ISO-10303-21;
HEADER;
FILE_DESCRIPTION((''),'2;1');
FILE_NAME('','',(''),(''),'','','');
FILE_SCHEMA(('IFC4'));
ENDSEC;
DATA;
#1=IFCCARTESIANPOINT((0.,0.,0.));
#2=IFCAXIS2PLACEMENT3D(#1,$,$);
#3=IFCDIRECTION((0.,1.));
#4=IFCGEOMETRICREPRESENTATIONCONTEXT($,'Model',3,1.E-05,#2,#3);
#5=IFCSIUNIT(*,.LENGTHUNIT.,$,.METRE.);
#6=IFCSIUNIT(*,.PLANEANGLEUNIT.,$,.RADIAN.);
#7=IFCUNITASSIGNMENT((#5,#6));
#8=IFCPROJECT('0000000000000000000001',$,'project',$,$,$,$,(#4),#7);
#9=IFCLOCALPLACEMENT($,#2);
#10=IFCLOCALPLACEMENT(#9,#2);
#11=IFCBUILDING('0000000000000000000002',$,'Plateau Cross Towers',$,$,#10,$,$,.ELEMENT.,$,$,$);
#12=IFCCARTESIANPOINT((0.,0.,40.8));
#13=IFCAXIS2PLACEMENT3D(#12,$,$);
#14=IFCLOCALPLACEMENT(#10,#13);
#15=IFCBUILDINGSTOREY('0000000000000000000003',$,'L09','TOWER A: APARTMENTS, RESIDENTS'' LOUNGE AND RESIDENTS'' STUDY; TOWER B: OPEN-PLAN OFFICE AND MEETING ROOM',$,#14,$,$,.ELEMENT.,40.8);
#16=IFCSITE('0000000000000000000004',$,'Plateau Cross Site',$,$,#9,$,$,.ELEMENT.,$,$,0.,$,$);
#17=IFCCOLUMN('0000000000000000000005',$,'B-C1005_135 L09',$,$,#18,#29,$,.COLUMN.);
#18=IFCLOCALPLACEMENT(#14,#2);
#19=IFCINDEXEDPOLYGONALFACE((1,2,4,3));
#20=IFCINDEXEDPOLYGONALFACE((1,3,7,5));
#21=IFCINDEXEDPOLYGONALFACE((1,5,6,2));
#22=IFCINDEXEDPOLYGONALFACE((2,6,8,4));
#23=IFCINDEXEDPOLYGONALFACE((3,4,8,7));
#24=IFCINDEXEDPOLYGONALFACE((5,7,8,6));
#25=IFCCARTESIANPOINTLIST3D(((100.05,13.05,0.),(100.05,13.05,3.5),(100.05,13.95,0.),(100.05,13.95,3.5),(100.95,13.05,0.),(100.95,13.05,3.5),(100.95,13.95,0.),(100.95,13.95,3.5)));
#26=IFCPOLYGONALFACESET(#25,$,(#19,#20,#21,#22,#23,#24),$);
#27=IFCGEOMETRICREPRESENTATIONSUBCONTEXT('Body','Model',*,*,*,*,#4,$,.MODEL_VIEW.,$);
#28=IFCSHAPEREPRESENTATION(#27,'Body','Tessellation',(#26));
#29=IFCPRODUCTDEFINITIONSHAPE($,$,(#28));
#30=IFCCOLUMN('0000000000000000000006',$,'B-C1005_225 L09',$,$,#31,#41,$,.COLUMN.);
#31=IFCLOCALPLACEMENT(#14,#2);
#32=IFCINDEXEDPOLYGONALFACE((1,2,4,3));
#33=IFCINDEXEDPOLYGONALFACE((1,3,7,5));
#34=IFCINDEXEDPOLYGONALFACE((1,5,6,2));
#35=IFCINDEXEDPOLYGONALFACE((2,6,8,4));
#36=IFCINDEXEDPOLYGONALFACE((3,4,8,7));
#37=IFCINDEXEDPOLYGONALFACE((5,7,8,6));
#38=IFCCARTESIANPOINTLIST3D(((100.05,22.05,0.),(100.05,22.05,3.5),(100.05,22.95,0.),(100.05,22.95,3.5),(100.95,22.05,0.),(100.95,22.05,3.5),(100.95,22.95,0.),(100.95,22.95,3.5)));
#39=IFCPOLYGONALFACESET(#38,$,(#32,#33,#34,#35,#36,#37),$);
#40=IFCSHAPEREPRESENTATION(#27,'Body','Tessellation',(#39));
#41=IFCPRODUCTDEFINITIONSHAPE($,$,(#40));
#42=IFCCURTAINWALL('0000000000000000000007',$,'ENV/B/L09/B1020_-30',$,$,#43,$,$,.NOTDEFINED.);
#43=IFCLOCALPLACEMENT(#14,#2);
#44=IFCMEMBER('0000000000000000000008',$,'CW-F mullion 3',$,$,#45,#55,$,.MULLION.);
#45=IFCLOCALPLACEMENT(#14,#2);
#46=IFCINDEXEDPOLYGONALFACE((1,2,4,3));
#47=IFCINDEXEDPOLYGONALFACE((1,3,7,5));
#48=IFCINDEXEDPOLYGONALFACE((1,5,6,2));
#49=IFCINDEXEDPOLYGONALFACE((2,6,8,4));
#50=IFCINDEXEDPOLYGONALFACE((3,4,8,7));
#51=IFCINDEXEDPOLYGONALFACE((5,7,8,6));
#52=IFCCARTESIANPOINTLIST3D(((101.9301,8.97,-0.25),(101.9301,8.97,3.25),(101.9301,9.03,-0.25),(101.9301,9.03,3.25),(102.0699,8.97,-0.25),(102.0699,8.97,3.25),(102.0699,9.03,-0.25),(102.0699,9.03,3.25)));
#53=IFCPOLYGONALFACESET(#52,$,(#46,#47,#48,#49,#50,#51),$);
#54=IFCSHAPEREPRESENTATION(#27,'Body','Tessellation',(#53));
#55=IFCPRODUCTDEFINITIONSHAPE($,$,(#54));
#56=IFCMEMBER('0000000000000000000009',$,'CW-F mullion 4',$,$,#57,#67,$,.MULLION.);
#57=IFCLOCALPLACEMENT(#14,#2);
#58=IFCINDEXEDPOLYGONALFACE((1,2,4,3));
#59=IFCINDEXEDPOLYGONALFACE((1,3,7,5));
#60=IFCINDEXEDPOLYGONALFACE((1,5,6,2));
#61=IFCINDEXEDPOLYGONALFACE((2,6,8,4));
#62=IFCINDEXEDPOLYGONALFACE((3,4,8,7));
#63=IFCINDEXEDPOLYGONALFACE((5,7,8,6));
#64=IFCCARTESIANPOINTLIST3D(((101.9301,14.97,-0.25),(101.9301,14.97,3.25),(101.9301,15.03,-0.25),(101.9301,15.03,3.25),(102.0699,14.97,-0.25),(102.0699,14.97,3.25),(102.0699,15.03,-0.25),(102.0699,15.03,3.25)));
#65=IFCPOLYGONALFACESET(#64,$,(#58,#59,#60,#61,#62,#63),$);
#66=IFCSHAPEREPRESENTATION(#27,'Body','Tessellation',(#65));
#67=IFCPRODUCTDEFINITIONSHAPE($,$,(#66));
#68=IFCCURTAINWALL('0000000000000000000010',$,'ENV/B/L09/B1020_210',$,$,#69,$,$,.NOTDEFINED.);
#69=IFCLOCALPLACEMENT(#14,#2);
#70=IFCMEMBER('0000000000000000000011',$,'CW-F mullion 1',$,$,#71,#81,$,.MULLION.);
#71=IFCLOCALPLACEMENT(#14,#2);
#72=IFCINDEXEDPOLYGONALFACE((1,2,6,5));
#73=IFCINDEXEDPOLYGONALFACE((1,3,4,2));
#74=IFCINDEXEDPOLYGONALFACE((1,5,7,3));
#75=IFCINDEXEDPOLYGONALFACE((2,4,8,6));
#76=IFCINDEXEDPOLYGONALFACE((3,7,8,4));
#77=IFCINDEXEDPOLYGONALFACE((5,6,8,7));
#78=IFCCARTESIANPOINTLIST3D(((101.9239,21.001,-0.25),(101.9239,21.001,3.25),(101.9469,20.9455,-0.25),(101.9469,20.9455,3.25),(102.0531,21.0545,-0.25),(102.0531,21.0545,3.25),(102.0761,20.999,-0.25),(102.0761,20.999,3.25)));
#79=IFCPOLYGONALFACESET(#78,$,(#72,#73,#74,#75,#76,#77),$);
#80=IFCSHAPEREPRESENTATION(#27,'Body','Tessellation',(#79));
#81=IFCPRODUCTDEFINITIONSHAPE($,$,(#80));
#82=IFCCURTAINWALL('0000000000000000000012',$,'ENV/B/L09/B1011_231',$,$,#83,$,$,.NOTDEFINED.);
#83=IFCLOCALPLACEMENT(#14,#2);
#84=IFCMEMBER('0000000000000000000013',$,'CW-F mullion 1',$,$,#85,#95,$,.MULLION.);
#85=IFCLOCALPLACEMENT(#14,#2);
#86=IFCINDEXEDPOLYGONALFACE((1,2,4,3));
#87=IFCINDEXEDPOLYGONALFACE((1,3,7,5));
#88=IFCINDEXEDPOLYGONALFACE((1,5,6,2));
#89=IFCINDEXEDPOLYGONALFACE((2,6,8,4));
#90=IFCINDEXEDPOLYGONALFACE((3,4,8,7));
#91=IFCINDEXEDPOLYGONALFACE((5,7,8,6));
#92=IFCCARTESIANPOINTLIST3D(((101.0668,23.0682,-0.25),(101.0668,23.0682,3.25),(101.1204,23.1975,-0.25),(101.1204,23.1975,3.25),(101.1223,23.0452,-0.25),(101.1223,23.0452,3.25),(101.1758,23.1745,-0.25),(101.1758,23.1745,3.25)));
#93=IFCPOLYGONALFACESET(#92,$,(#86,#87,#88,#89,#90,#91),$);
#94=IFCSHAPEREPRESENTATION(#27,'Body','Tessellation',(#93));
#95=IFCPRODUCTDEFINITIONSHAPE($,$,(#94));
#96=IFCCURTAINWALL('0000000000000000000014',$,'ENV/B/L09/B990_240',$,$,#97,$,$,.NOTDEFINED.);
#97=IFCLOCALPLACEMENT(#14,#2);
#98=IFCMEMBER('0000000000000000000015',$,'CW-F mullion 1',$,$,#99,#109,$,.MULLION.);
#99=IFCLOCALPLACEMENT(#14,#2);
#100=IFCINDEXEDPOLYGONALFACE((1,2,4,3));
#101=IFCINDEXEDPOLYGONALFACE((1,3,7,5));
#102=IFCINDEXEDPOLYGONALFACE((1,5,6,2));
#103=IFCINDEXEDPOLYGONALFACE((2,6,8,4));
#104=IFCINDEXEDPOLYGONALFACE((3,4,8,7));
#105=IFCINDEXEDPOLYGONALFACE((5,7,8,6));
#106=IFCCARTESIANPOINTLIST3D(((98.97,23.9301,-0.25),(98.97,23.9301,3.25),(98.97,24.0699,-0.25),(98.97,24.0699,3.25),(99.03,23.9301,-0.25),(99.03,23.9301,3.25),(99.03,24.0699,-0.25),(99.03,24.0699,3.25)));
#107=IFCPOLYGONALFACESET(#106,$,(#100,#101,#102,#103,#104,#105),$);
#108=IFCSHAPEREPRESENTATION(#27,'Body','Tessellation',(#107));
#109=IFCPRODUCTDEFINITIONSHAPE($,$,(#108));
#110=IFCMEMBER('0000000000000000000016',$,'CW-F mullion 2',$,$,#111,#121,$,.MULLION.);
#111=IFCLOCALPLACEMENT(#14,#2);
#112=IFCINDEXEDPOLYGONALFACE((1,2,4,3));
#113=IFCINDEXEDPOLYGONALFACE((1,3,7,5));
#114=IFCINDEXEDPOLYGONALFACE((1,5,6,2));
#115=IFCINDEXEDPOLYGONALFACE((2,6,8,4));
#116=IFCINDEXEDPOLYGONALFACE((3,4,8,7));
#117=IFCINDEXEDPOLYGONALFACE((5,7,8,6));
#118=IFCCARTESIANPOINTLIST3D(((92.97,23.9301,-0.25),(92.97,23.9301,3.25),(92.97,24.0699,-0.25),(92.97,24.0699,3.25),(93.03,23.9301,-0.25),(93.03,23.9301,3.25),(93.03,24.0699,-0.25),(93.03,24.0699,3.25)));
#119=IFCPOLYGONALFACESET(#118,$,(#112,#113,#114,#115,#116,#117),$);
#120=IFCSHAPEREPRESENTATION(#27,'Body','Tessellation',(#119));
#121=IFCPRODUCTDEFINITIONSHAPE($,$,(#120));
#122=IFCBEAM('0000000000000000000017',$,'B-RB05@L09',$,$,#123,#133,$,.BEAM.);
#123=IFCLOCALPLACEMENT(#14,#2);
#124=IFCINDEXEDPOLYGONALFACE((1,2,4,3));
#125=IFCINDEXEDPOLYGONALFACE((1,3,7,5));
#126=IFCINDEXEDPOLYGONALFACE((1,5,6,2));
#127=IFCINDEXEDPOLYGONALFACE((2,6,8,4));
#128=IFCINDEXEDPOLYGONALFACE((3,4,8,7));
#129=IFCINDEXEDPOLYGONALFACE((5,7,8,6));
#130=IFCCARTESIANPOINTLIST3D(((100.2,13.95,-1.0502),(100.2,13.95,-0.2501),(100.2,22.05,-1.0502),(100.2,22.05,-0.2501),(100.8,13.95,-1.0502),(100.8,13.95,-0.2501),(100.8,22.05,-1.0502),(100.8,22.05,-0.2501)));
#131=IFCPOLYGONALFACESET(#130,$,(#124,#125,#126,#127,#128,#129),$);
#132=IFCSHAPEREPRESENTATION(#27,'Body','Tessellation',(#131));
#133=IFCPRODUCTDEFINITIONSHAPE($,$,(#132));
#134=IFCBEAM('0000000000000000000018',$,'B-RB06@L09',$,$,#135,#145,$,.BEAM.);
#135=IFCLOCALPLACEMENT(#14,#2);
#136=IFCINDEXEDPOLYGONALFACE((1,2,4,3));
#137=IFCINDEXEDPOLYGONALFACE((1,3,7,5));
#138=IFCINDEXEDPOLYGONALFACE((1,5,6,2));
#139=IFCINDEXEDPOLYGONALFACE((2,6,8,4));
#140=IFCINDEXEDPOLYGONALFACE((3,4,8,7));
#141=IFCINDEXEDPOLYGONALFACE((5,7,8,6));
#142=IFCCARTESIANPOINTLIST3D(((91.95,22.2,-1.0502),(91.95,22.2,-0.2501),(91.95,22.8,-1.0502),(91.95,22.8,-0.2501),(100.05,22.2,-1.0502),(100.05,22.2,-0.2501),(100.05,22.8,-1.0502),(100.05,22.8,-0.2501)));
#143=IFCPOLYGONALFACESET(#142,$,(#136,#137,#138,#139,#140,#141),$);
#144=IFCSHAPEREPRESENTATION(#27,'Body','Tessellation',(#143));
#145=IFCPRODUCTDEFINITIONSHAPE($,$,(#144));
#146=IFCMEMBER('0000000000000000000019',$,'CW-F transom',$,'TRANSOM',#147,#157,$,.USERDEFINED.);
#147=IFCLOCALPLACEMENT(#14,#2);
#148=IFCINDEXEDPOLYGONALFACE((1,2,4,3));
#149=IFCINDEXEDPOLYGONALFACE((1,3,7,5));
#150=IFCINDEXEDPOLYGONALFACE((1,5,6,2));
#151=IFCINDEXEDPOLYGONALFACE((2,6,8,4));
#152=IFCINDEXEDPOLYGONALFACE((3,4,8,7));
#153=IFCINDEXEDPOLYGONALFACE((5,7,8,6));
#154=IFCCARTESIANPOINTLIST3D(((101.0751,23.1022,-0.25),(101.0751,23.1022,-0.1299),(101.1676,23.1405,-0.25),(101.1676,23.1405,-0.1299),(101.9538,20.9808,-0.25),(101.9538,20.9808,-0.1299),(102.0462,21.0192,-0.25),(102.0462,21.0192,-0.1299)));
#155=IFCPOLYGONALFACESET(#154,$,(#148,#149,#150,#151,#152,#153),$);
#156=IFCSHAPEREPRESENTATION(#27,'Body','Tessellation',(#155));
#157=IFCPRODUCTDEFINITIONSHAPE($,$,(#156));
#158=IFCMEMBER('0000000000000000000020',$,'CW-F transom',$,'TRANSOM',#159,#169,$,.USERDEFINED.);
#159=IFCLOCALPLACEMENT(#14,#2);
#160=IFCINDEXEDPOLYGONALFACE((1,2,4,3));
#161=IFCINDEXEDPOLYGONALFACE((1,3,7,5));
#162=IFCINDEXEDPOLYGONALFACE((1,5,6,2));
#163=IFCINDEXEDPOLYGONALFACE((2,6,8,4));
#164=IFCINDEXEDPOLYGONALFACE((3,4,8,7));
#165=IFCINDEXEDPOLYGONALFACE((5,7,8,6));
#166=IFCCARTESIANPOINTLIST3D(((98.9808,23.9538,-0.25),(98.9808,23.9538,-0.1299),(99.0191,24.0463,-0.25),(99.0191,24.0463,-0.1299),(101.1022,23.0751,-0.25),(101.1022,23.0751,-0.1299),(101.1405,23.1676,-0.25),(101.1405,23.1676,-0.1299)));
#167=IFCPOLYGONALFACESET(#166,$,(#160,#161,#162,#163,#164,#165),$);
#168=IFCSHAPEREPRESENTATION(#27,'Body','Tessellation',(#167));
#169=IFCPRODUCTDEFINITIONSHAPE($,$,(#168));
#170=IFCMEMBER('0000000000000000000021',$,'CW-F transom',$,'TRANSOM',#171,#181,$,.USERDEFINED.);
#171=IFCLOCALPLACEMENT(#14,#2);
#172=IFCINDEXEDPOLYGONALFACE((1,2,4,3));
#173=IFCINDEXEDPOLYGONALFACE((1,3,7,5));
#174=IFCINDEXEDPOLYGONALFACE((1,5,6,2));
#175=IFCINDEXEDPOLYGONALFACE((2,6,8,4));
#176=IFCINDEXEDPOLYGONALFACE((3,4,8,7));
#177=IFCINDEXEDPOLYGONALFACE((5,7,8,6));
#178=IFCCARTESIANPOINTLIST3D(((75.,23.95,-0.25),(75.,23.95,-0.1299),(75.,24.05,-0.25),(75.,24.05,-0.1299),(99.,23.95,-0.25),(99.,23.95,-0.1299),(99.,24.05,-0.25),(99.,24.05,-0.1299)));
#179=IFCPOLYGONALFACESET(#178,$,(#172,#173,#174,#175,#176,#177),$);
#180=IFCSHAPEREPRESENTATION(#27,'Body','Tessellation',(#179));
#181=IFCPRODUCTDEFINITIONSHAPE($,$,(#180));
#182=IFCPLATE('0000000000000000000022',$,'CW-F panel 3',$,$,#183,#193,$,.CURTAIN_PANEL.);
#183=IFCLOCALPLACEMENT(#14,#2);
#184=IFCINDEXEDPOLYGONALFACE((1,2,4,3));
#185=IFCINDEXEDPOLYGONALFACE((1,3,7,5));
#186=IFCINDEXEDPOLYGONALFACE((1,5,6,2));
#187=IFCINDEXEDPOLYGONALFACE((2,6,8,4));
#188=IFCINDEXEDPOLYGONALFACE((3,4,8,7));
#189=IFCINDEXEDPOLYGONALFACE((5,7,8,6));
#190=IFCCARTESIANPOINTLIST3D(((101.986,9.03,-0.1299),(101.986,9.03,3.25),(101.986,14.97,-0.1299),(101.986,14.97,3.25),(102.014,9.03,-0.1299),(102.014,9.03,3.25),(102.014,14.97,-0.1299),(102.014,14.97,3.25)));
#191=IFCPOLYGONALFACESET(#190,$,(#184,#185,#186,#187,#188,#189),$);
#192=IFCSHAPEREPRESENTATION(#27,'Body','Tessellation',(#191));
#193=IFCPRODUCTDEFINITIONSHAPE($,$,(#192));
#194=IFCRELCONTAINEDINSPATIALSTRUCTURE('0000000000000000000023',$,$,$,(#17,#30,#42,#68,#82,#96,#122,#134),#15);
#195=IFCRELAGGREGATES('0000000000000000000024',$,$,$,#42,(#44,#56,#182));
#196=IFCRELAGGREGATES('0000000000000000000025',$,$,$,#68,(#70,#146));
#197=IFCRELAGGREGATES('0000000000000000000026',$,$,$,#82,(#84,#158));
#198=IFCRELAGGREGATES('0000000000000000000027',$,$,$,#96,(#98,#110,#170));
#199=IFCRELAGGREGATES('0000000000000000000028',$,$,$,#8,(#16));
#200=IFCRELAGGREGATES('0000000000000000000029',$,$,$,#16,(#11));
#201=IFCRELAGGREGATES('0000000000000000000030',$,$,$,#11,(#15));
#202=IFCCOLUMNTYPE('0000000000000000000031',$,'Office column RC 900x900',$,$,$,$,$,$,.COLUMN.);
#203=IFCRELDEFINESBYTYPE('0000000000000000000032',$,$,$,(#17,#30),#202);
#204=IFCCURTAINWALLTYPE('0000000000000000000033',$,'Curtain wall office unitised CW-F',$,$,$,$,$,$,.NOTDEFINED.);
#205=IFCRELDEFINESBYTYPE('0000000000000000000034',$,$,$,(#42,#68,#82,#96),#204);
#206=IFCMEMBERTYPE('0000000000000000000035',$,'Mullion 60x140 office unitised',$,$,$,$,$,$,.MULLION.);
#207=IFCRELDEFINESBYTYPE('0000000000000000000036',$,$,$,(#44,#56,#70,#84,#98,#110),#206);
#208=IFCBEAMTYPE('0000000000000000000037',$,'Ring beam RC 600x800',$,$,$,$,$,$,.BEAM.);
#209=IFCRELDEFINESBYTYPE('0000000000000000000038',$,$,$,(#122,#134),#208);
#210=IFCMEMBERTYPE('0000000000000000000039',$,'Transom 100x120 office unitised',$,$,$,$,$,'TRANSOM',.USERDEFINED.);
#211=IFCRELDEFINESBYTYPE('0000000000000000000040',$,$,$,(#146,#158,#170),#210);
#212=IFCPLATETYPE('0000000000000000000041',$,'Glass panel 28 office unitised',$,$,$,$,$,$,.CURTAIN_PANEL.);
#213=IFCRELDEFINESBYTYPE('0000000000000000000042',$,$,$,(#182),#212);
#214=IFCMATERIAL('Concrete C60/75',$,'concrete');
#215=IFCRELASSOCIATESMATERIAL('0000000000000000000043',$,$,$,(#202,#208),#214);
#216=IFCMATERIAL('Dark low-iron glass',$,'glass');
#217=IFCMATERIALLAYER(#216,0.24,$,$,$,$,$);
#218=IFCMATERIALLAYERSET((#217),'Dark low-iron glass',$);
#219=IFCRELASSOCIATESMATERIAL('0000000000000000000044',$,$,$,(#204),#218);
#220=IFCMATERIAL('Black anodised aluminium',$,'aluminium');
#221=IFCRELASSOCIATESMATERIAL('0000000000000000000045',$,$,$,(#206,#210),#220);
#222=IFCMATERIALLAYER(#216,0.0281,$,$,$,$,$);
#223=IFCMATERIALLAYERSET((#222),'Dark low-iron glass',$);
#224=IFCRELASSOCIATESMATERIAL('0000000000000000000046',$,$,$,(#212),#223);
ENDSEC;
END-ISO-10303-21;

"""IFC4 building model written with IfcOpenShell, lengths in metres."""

from ifc_helpers import new_model, si_unit, direction, frame, origin, origin_2d, place, context, subcontext, project, spatial, rectangle, extrude, material, layer, layer_set, material_profile, profile_set, type_object, element, aggregate, save


model = new_model("IFC4")

# Units and contexts
model_context = context("Model", 3, precision=1e-05, world=origin(), true_north=direction((0.0, 1.0)))
body_context = subcontext(model_context, "Body", "Model", "MODEL_VIEW")
ifc_project = project(units=[si_unit("LENGTHUNIT", "METRE"), si_unit("PLANEANGLEUNIT", "RADIAN")], contexts=[model_context])

# Site, building, storey
site_placement = place(None, origin())
site = spatial("IfcSite", under=ifc_project, at=site_placement, Name="Plateau Cross Site", CompositionType="ELEMENT", RefElevation=0.0)
building_placement = place(site_placement, origin())
building = spatial("IfcBuilding", under=site, at=building_placement, Name="Plateau Cross Towers", CompositionType="ELEMENT")
storey_placement = place(building_placement, frame((0.0, 0.0, 40.8)))
storey = spatial("IfcBuildingStorey", under=building, at=storey_placement, Name="L09", Description="TOWER A: APARTMENTS, RESIDENTS' LOUNGE AND RESIDENTS' STUDY; TOWER B: OPEN-PLAN OFFICE AND MEETING ROOM", CompositionType="ELEMENT", Elevation=40.8)

# Columns
ifc_material_1 = material(Name="Concrete C60/75", Category="concrete")
ifc_material_profile_1 = material_profile(ifc_material_1, rectangle(XDim=0.8999, YDim=0.8999, at=origin_2d()), Name="RC 900x900")
ifc_profile_set_1 = profile_set([ifc_material_profile_1], Name="Concrete C60/75")
column_type = type_object("IfcColumnType", Name="Office column RC 900x900", PredefinedType="COLUMN", material=ifc_profile_set_1)
for number, where, z_axis, x_axis, name in (
    (1, (100.5, 13.5, 0.0), (0.0, 0.0, 1.0), (1.0, 0.0, 0.0), "B-C1005_135 L09"),
    (2, (100.5, 22.5, 0.0), (0.0, 0.0, 1.0), (1.0, 0.0, 0.0), "B-C1005_225 L09"),
):
    element("IfcColumn", number, at=place(storey_placement, frame(where, z_axis=z_axis, x_axis=x_axis)), inside=storey, type_object=column_type, Name=name, PredefinedType="COLUMN", context=body_context, shape_type="SweptSolid", body=[
        extrude(rectangle(XDim=0.8999, YDim=0.8999, at=origin_2d()), origin(), (0.0, 0.0, 1.0), 3.5),
    ])

# Curtain wall, members
ifc_material_2 = material(Name="Dark low-iron glass", Category="glass")
ifc_layer_1 = layer(ifc_material_2, 0.24)
ifc_layer_set_1 = layer_set([ifc_layer_1], Name="Dark low-iron glass")
curtain_wall_type = type_object("IfcCurtainWallType", Name="Curtain wall office unitised CW-F", PredefinedType="NOTDEFINED", material=ifc_layer_set_1)
curtain_wall_1_placement = place(storey_placement, origin())
curtain_wall_1 = element("IfcCurtainWall", 3, at=curtain_wall_1_placement, inside=storey, type_object=curtain_wall_type, Name="ENV/B/L09/B1020_-30", PredefinedType="NOTDEFINED")
ifc_material_3 = material(Name="Black anodised aluminium", Category="aluminium")
ifc_material_profile_2 = material_profile(ifc_material_3, rectangle(XDim=0.0601, YDim=0.1399, at=origin_2d()), Name="MULLION 60x140")
ifc_profile_set_2 = profile_set([ifc_material_profile_2], Name="Black anodised aluminium")
member_type_1 = type_object("IfcMemberType", Name="Mullion 60x140 office unitised", PredefinedType="MULLION", material=ifc_profile_set_2)
member_1_placement = place(storey_placement, frame((102.0, 9.0, -0.25), z_axis=(0.0, 0.0, 1.0), x_axis=(0.0, 1.0, 0.0)))
member_1 = element("IfcMember", 4, at=member_1_placement, type_object=member_type_1, Name="CW-F mullion 3", PredefinedType="MULLION", context=body_context, shape_type="SweptSolid", body=[
    extrude(rectangle(XDim=0.0601, YDim=0.1399, at=origin_2d()), origin(), (0.0, 0.0, 1.0), 3.5),
])
member_2_placement = place(storey_placement, frame((102.0, 15.0, -0.25), z_axis=(0.0, 0.0, 1.0), x_axis=(0.0, 1.0, 0.0)))
member_2 = element("IfcMember", 5, at=member_2_placement, type_object=member_type_1, Name="CW-F mullion 4", PredefinedType="MULLION", context=body_context, shape_type="SweptSolid", body=[
    extrude(rectangle(XDim=0.0601, YDim=0.1399, at=origin_2d()), origin(), (0.0, 0.0, 1.0), 3.5),
])

# Curtain walls, members
curtain_wall_2_placement = place(storey_placement, origin())
curtain_wall_2 = element("IfcCurtainWall", 6, at=curtain_wall_2_placement, inside=storey, type_object=curtain_wall_type, Name="ENV/B/L09/B1020_210", PredefinedType="NOTDEFINED")
member_3_placement = place(storey_placement, frame((102.0, 21.0, -0.25), z_axis=(0.0, 0.0, 1.0), x_axis=(-0.382684, 0.923879, 0.0)))
member_3 = element("IfcMember", 7, at=member_3_placement, type_object=member_type_1, Name="CW-F mullion 1", PredefinedType="MULLION", context=body_context, shape_type="SweptSolid", body=[
    extrude(rectangle(XDim=0.0601, YDim=0.1399, at=origin_2d()), origin(), (0.0, 0.0, 1.0), 3.5),
])
curtain_wall_3_placement = place(storey_placement, origin())
curtain_wall_3 = element("IfcCurtainWall", 8, at=curtain_wall_3_placement, inside=storey, type_object=curtain_wall_type, Name="ENV/B/L09/B1011_231", PredefinedType="NOTDEFINED")
member_4_placement = place(storey_placement, frame((101.1213, 23.1213, -0.25), z_axis=(0.0, 0.0, 1.0), x_axis=(-0.923879, 0.382684, 0.0)))
member_4 = element("IfcMember", 9, at=member_4_placement, type_object=member_type_1, Name="CW-F mullion 1", PredefinedType="MULLION", context=body_context, shape_type="SweptSolid", body=[
    extrude(rectangle(XDim=0.0601, YDim=0.1399, at=origin_2d()), origin(), (0.0, 0.0, 1.0), 3.5),
])

# Curtain wall, members
curtain_wall_4_placement = place(storey_placement, origin())
curtain_wall_4 = element("IfcCurtainWall", 10, at=curtain_wall_4_placement, inside=storey, type_object=curtain_wall_type, Name="ENV/B/L09/B990_240", PredefinedType="NOTDEFINED")
member_5_placement = place(storey_placement, frame((99.0, 24.0, -0.25), z_axis=(0.0, 0.0, 1.0), x_axis=(-1.0, 0.0, 0.0)))
member_5 = element("IfcMember", 11, at=member_5_placement, type_object=member_type_1, Name="CW-F mullion 1", PredefinedType="MULLION", context=body_context, shape_type="SweptSolid", body=[
    extrude(rectangle(XDim=0.0601, YDim=0.1399, at=origin_2d()), origin(), (0.0, 0.0, 1.0), 3.5),
])
member_6_placement = place(storey_placement, frame((93.0, 24.0, -0.25), z_axis=(0.0, 0.0, 1.0), x_axis=(-1.0, 0.0, 0.0)))
member_6 = element("IfcMember", 12, at=member_6_placement, type_object=member_type_1, Name="CW-F mullion 2", PredefinedType="MULLION", context=body_context, shape_type="SweptSolid", body=[
    extrude(rectangle(XDim=0.0601, YDim=0.1399, at=origin_2d()), origin(), (0.0, 0.0, 1.0), 3.5),
])

# Beams
ifc_material_profile_3 = material_profile(ifc_material_1, rectangle(XDim=0.6001, YDim=0.8, at=origin_2d()), Name="RC 600x800")
ifc_profile_set_3 = profile_set([ifc_material_profile_3], Name="Concrete C60/75")
beam_type = type_object("IfcBeamType", Name="Ring beam RC 600x800", PredefinedType="BEAM", material=ifc_profile_set_3)
for number, where, z_axis, x_axis, name in (
    (13, (100.5, 13.95, -0.6501), (0.0, 1.0, 0.0), (-1.0, 0.0, 0.0), "B-RB05@L09"),
    (14, (100.05, 22.5, -0.6501), (-1.0, 0.0, 0.0), (0.0, -1.0, 0.0), "B-RB06@L09"),
):
    element("IfcBeam", number, at=place(storey_placement, frame(where, z_axis=z_axis, x_axis=x_axis)), inside=storey, type_object=beam_type, Name=name, PredefinedType="BEAM", context=body_context, shape_type="SweptSolid", body=[
        extrude(rectangle(XDim=0.6001, YDim=0.8, at=origin_2d()), origin(), (0.0, 0.0, 1.0), 8.1001),
    ])

# Members
ifc_material_profile_4 = material_profile(ifc_material_3, rectangle(XDim=0.1001, YDim=0.1201, at=origin_2d()), Name="TRANSOM 100x120")
ifc_profile_set_4 = profile_set([ifc_material_profile_4], Name="Black anodised aluminium")
member_type_2 = type_object("IfcMemberType", Name="Transom 100x120 office unitised", ElementType="TRANSOM", PredefinedType="USERDEFINED", material=ifc_profile_set_4)
member_7_placement = place(storey_placement, frame((102.0, 21.0, -0.1899), z_axis=(-0.382674, 0.923883, 0.0), x_axis=(-0.923883, -0.382674, 0.0)))
member_7 = element("IfcMember", 15, at=member_7_placement, type_object=member_type_2, Name="CW-F transom", ObjectType="TRANSOM", PredefinedType="USERDEFINED", context=body_context, shape_type="SweptSolid", body=[
    extrude(rectangle(XDim=0.1001, YDim=0.1201, at=origin_2d()), origin(), (0.0, 0.0, 1.0), 2.2961),
])
member_8_placement = place(storey_placement, frame((101.1213, 23.1213, -0.1899), z_axis=(-0.923883, 0.382674, 0.0), x_axis=(-0.382674, -0.923883, 0.0)))
member_8 = element("IfcMember", 16, at=member_8_placement, type_object=member_type_2, Name="CW-F transom", ObjectType="TRANSOM", PredefinedType="USERDEFINED", context=body_context, shape_type="SweptSolid", body=[
    extrude(rectangle(XDim=0.1001, YDim=0.1201, at=origin_2d()), origin(), (0.0, 0.0, 1.0), 2.2961),
])
member_9_placement = place(storey_placement, frame((99.0, 24.0, -0.1899), z_axis=(-1.0, 0.0, 0.0), x_axis=(0.0, -1.0, 0.0)))
member_9 = element("IfcMember", 17, at=member_9_placement, type_object=member_type_2, Name="CW-F transom", ObjectType="TRANSOM", PredefinedType="USERDEFINED", context=body_context, shape_type="SweptSolid", body=[
    extrude(rectangle(XDim=0.1001, YDim=0.1201, at=origin_2d()), origin(), (0.0, 0.0, 1.0), 24.0),
])

# Plate
ifc_layer_2 = layer(ifc_material_2, 0.0281)
ifc_layer_set_2 = layer_set([ifc_layer_2], Name="Dark low-iron glass")
plate_type = type_object("IfcPlateType", Name="Glass panel 28 office unitised", PredefinedType="CURTAIN_PANEL", material=ifc_layer_set_2)
plate_1_placement = place(storey_placement, frame((102.0, 12.0, -0.1299), z_axis=(0.0, 0.0, 1.0), x_axis=(0.0, 1.0, 0.0)))
plate_1 = element("IfcPlate", 18, at=plate_1_placement, type_object=plate_type, Name="CW-F panel 3", PredefinedType="CURTAIN_PANEL", context=body_context, shape_type="SweptSolid", body=[
    extrude(rectangle(XDim=5.9399, YDim=0.0281, at=origin_2d()), origin(), (0.0, 0.0, 1.0), 3.3799),
])
aggregate(curtain_wall_1, [member_1, member_2, plate_1])
aggregate(curtain_wall_2, [member_3, member_7])
aggregate(curtain_wall_3, [member_4, member_8])
aggregate(curtain_wall_4, [member_5, member_6, member_9])

save(model, "model.ifc")
